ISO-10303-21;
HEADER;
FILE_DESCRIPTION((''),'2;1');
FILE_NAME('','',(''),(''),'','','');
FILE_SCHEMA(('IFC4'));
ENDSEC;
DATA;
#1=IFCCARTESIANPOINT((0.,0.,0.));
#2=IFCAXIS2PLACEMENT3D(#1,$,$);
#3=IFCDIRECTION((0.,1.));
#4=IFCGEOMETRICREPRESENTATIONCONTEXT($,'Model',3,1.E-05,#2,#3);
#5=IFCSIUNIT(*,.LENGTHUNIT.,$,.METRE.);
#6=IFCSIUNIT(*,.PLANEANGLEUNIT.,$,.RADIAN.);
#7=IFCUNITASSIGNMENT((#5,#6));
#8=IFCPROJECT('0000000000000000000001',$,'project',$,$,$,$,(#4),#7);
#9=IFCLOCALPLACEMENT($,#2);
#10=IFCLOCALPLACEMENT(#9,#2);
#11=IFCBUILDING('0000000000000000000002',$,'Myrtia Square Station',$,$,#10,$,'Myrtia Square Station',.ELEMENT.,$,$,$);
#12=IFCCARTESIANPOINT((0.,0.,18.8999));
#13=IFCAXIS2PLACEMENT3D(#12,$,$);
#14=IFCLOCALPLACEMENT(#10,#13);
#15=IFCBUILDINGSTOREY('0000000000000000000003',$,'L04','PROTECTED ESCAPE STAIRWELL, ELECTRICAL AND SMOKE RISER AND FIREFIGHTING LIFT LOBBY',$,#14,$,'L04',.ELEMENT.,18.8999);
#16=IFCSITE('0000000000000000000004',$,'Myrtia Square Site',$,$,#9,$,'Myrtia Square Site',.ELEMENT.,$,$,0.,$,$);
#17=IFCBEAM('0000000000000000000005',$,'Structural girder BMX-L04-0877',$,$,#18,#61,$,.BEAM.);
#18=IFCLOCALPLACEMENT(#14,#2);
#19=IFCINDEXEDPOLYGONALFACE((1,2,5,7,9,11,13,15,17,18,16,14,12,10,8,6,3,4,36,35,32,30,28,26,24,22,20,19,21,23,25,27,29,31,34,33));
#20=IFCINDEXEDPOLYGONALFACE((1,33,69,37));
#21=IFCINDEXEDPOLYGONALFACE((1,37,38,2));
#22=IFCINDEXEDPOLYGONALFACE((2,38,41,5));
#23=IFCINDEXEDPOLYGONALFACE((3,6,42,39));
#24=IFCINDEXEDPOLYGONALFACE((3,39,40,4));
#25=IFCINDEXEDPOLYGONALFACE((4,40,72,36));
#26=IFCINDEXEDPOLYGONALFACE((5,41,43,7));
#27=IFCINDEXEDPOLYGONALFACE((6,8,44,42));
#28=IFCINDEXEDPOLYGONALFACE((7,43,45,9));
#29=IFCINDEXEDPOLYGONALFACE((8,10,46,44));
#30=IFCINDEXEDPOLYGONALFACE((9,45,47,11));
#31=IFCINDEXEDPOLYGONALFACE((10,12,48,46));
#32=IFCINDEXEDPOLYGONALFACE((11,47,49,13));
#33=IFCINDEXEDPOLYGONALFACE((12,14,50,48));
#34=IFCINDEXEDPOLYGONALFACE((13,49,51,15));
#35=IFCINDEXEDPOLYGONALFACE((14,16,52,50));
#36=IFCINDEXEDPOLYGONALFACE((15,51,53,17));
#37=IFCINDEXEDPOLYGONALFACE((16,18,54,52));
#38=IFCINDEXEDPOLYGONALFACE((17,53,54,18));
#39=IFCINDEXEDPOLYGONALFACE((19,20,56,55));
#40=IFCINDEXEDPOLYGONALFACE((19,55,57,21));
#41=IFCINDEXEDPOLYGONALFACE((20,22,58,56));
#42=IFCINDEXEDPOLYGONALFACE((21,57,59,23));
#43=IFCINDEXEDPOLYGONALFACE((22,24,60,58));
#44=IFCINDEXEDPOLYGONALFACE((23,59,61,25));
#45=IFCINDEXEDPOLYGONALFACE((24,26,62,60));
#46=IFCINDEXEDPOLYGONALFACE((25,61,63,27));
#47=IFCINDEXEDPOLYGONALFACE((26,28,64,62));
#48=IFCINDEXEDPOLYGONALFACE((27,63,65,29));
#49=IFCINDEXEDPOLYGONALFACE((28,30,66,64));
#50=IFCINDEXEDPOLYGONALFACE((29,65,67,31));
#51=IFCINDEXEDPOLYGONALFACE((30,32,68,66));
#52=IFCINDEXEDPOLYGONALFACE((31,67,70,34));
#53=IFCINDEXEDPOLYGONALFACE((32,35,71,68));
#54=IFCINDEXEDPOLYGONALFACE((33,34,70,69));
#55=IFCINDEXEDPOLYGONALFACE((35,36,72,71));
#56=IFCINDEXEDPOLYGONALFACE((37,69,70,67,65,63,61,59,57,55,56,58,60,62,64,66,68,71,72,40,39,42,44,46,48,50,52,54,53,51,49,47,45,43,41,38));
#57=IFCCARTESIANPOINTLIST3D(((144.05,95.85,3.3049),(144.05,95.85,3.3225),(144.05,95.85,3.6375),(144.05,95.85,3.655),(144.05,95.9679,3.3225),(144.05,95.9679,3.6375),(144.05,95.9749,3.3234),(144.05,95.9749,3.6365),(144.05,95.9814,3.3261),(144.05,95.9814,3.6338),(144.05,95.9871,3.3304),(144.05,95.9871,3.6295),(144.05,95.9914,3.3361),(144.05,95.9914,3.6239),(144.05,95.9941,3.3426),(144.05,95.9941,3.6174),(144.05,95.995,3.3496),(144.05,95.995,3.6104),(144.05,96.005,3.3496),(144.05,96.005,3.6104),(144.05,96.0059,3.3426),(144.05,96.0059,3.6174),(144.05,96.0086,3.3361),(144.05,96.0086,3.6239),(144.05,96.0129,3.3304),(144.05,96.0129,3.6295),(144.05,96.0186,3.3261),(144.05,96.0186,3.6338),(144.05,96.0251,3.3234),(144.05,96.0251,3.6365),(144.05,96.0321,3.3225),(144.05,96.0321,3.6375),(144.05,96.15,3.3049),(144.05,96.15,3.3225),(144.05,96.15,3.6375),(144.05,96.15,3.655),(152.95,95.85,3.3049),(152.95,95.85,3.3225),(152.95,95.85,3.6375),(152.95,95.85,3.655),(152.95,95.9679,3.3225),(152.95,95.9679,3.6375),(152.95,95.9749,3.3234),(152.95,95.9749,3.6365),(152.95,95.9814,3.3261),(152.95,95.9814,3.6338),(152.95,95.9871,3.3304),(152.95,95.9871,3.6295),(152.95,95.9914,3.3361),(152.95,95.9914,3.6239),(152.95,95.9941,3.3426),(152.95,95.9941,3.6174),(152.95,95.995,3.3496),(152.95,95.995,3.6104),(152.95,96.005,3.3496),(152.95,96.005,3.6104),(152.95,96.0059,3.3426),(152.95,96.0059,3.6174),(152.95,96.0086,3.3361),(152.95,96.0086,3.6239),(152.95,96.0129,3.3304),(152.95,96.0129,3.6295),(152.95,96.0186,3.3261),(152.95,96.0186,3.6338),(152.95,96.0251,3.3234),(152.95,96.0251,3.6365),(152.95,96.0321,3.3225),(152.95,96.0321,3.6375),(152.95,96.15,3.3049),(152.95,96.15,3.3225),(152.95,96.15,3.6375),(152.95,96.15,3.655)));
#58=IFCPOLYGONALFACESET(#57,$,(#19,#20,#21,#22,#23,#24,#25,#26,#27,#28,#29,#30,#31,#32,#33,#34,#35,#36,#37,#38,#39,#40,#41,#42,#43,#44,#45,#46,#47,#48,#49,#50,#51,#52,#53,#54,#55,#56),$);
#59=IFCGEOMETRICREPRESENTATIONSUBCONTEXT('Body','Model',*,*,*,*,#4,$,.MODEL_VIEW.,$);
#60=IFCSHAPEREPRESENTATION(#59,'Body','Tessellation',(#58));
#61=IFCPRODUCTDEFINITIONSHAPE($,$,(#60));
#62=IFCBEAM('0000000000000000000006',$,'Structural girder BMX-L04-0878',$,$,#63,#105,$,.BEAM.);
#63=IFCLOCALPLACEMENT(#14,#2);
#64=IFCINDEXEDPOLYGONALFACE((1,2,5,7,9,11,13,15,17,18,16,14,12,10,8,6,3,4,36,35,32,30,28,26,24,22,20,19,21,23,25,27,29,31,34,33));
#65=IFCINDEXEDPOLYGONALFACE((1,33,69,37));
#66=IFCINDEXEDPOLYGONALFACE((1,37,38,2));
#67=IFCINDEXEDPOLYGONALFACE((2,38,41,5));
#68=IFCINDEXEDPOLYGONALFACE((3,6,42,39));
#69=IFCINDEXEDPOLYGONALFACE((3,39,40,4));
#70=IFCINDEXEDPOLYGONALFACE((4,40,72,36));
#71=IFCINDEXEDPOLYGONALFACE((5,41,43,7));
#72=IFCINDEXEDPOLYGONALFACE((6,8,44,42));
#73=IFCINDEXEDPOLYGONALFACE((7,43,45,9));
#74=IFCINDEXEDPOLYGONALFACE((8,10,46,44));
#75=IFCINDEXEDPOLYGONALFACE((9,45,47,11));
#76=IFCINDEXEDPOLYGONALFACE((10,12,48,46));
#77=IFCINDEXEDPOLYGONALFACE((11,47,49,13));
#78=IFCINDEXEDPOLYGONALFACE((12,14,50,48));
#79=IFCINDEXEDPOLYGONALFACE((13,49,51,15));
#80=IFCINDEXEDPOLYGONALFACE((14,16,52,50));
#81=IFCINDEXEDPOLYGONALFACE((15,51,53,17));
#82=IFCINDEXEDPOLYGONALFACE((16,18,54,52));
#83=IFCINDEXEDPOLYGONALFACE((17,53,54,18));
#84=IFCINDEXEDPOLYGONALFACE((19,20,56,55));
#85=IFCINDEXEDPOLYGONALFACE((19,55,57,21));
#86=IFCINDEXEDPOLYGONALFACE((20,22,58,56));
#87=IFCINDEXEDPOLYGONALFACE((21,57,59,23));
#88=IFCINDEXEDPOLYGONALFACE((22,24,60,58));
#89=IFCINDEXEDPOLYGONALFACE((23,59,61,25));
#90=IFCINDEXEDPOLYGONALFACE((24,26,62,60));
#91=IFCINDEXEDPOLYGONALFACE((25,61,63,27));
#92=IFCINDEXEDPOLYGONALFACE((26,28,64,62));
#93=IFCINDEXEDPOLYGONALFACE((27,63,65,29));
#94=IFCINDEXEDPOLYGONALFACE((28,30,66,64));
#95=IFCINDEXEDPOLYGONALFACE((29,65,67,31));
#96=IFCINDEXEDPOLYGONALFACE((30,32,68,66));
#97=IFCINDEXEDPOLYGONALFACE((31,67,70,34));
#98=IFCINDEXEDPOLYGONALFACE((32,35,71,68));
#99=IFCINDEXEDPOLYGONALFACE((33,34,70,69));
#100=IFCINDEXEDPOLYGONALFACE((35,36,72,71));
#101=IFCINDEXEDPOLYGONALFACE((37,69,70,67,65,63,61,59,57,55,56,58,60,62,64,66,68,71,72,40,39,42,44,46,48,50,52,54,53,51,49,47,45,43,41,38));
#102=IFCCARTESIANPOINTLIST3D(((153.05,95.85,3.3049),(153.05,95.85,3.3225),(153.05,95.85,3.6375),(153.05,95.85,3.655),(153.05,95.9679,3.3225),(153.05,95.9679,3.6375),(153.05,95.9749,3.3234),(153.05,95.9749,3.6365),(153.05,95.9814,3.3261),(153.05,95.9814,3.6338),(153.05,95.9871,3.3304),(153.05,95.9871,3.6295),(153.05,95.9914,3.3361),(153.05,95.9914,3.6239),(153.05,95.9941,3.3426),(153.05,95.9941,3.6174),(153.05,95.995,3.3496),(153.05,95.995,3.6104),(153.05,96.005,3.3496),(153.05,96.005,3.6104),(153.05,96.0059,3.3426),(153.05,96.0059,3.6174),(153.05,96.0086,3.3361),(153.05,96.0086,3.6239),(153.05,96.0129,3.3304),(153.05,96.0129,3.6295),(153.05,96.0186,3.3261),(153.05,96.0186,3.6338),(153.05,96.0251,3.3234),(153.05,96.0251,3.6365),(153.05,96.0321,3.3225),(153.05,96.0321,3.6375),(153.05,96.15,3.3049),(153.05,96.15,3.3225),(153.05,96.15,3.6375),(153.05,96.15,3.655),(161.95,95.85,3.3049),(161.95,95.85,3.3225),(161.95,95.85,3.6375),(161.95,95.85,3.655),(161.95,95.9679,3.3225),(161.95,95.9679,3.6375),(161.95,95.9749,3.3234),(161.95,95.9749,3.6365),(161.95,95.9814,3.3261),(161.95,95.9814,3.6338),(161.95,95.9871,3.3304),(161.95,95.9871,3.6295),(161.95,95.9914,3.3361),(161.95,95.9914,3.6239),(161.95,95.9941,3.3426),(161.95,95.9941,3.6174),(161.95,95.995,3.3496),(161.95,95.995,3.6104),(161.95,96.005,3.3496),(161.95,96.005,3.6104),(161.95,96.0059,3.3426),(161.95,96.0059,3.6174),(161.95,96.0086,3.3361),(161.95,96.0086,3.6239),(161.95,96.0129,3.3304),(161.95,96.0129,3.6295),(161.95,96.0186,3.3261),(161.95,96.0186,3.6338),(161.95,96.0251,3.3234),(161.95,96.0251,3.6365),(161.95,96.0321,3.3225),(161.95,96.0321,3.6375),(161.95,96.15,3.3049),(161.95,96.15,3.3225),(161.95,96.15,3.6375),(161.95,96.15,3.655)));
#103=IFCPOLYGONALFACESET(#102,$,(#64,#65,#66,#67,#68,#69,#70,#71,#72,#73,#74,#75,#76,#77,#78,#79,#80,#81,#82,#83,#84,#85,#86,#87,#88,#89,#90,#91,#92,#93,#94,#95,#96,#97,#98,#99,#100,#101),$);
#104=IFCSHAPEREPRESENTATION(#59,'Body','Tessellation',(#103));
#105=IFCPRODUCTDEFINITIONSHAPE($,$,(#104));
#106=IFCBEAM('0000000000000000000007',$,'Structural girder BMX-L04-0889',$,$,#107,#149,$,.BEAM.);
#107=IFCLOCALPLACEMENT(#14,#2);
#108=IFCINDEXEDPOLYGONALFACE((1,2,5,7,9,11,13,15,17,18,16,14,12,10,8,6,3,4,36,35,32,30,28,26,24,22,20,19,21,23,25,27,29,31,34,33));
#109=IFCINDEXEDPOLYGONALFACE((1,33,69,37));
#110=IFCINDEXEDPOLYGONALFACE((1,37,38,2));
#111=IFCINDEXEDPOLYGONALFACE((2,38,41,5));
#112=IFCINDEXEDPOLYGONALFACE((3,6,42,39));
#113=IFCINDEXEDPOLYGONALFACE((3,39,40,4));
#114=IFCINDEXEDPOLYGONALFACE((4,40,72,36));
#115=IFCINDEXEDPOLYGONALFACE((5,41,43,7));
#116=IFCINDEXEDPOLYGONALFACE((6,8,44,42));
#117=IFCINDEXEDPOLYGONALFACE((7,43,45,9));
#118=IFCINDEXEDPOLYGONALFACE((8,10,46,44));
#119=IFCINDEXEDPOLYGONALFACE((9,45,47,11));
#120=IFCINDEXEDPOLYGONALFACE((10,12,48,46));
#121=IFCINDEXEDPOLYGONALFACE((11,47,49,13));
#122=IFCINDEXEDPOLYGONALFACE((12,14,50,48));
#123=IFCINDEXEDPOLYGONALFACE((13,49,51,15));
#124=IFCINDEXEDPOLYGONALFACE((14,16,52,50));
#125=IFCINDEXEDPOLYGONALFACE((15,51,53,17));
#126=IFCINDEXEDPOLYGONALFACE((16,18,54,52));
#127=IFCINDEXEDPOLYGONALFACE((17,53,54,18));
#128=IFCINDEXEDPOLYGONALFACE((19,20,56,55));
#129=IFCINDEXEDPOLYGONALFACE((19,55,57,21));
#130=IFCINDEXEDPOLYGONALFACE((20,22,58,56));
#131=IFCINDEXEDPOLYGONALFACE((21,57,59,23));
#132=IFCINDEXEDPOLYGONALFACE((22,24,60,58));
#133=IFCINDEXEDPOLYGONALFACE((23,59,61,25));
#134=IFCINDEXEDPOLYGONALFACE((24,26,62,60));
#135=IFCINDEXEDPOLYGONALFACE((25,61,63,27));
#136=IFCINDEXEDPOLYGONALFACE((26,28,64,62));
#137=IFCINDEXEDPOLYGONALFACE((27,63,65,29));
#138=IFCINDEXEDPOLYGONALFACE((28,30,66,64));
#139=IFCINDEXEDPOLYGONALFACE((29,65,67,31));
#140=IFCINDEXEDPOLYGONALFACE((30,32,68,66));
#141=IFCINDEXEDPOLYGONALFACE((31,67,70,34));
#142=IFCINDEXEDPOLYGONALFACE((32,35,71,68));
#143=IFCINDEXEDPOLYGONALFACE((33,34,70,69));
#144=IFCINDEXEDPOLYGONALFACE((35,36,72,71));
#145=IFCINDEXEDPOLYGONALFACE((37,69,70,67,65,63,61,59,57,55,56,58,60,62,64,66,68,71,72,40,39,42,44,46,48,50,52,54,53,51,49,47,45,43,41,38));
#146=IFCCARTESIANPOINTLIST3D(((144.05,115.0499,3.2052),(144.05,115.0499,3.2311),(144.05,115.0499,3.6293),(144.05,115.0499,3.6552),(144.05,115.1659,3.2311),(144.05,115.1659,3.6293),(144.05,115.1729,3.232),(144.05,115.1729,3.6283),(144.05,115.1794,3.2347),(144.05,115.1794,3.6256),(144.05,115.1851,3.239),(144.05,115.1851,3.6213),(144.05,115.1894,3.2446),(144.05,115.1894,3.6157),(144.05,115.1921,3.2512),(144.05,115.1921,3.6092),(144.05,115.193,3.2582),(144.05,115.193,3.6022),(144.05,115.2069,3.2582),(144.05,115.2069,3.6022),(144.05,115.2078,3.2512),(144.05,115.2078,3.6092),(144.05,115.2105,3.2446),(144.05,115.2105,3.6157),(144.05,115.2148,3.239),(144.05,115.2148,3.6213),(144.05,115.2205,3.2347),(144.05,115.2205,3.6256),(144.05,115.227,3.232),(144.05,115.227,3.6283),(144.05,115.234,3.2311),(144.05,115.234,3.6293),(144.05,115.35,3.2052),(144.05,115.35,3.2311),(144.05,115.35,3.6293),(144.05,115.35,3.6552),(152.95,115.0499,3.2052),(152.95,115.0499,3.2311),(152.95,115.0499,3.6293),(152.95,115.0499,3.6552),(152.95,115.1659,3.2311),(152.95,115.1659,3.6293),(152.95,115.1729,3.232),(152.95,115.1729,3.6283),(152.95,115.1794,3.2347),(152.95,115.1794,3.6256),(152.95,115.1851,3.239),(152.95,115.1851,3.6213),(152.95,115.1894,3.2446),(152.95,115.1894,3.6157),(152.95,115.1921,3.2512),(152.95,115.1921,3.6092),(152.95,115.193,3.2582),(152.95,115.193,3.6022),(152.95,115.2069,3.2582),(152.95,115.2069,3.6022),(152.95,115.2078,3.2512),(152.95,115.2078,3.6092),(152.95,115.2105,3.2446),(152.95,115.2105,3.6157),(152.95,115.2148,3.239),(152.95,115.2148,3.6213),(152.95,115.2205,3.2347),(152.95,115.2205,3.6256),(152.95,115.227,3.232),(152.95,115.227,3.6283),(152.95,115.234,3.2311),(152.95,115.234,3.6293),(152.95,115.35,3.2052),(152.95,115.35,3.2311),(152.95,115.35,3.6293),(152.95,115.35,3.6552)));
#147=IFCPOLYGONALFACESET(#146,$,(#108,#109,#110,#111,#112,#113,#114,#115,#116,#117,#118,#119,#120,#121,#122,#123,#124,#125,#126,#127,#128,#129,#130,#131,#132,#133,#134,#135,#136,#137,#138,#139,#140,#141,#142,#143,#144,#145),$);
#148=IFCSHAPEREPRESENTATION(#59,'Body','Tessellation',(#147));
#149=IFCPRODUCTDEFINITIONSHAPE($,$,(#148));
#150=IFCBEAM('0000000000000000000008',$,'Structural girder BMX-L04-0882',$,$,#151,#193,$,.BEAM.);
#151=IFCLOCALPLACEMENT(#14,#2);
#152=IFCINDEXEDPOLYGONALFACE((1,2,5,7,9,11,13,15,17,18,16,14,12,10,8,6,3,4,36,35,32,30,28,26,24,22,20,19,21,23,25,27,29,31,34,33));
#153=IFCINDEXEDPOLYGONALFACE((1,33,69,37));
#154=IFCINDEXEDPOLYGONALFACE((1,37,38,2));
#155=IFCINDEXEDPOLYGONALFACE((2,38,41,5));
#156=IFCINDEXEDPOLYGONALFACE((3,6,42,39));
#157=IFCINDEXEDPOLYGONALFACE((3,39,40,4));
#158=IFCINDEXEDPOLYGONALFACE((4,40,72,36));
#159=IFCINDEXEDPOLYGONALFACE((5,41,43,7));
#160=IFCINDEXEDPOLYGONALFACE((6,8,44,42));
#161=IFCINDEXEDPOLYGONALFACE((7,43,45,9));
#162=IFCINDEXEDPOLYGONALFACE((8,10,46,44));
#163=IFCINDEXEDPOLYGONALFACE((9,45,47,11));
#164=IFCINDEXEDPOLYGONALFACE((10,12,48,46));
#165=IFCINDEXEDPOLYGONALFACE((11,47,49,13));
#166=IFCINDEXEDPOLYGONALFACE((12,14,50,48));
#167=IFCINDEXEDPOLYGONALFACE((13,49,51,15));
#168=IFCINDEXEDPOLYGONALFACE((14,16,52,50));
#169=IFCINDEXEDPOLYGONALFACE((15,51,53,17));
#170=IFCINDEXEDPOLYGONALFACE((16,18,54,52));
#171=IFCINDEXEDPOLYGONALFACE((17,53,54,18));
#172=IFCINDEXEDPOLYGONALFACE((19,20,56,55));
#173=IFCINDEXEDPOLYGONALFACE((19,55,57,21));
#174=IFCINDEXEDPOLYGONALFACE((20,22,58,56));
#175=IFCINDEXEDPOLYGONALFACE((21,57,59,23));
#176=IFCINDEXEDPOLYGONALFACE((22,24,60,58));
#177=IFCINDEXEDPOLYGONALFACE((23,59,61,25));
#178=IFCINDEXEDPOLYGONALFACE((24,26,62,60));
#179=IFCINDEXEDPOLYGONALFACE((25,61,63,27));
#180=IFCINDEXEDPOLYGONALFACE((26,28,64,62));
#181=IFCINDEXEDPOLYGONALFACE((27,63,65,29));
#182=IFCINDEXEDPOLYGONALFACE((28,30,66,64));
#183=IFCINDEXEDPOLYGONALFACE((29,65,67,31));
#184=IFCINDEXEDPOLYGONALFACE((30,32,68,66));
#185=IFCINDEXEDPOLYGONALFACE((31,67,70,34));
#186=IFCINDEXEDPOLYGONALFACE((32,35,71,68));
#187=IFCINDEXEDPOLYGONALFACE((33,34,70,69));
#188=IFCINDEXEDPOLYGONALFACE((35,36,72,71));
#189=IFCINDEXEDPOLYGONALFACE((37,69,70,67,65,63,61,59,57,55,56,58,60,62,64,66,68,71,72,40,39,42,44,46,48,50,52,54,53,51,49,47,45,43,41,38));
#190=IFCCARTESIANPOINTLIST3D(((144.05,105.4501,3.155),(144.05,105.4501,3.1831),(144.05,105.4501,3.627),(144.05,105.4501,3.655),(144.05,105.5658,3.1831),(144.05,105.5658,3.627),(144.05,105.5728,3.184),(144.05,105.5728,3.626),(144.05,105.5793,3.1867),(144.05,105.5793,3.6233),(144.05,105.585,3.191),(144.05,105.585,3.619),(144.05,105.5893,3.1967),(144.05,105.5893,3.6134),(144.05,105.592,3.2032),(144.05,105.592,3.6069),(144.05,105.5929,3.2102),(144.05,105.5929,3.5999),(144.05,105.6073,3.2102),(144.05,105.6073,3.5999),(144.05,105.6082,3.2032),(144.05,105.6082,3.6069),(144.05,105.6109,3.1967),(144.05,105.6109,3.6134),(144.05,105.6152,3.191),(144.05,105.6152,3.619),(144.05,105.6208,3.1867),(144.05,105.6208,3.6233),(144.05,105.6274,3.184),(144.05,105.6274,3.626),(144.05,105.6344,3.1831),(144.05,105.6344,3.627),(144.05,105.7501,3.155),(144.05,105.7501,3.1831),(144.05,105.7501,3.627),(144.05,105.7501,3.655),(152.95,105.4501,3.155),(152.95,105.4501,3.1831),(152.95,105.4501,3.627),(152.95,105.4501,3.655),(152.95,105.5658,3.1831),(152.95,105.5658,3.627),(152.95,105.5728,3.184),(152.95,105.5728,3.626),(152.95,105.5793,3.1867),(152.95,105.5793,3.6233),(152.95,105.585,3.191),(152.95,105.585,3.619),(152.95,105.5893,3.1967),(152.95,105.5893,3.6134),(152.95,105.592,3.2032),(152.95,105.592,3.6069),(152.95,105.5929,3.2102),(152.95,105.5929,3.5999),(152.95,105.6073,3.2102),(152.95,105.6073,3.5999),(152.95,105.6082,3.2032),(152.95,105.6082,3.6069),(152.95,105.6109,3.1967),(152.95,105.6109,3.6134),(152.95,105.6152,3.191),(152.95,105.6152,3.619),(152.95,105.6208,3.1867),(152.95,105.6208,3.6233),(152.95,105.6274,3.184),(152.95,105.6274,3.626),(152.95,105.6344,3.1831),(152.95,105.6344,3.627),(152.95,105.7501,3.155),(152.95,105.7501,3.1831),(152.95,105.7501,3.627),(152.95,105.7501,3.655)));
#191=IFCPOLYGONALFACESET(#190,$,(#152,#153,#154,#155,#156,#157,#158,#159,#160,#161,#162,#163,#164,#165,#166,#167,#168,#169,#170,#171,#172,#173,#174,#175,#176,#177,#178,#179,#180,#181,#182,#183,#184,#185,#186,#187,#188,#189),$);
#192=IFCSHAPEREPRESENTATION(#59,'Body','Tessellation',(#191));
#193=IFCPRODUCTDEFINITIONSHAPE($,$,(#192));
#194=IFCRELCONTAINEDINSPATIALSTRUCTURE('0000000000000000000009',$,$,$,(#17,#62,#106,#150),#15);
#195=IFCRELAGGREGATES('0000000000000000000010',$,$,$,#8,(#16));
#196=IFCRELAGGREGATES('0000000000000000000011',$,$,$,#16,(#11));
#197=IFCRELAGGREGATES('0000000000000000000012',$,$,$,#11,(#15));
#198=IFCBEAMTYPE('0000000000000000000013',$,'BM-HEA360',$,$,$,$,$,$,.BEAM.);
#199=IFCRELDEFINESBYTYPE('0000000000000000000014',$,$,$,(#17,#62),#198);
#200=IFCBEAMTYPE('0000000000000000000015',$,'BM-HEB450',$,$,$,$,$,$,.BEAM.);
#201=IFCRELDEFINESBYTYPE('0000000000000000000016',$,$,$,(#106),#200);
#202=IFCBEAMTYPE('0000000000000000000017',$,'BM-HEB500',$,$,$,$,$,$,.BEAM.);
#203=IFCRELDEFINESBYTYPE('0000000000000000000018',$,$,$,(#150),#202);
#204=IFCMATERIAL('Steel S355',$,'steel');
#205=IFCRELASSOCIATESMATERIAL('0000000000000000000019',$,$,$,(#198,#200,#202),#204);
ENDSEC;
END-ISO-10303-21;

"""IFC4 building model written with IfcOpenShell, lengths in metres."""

from ifc_helpers import new_model, si_unit, direction, frame, origin, origin_2d, place, context, subcontext, project, spatial, i_section, extrude, material, material_profile, profile_set, type_object, element, save


model = new_model("IFC4")

# Units and contexts
model_context = context("Model", 3, precision=1e-05, world=origin(), true_north=direction((0.0, 1.0)))
body_context = subcontext(model_context, "Body", "Model", "MODEL_VIEW")
ifc_project = project(units=[si_unit("LENGTHUNIT", "METRE"), si_unit("PLANEANGLEUNIT", "RADIAN")], contexts=[model_context])

# Site, building, storey
site_placement = place(None, origin())
site = spatial("IfcSite", under=ifc_project, at=site_placement, Name="Myrtia Square Site", LongName="Myrtia Square Site", CompositionType="ELEMENT", RefElevation=0.0)
building_placement = place(site_placement, origin())
building = spatial("IfcBuilding", under=site, at=building_placement, Name="Myrtia Square Station", LongName="Myrtia Square Station", CompositionType="ELEMENT")
storey_placement = place(building_placement, frame((0.0, 0.0, 18.8999)))
storey = spatial("IfcBuildingStorey", under=building, at=storey_placement, Name="L04", Description="PROTECTED ESCAPE STAIRWELL, ELECTRICAL AND SMOKE RISER AND FIREFIGHTING LIFT LOBBY", LongName="L04", CompositionType="ELEMENT", Elevation=18.8999)

# Shared definitions
ifc_material_1 = material(Name="Steel S355", Category="steel")

# Beams
ifc_material_profile_1 = material_profile(ifc_material_1, i_section(OverallWidth=0.3, OverallDepth=0.3501, WebThickness=0.01, FlangeThickness=0.0176, FilletRadius=0.0271, at=origin_2d()), Name="HEA 360")
ifc_profile_set_1 = profile_set([ifc_material_profile_1], Name="Steel S355")
beam_type_1 = type_object("IfcBeamType", Name="BM-HEA360", PredefinedType="BEAM", material=ifc_profile_set_1)
for number, where, z_axis, x_axis, name in (
    (1, (144.05, 96.0, 3.48), (1.0, 0.0, 0.0), (0.0, 1.0, 0.0), "Structural girder BMX-L04-0877"),
    (2, (153.05, 96.0, 3.48), (1.0, 0.0, 0.0), (0.0, 1.0, 0.0), "Structural girder BMX-L04-0878"),
):
    element("IfcBeam", number, at=place(storey_placement, frame(where, z_axis=z_axis, x_axis=x_axis)), inside=storey, type_object=beam_type_1, Name=name, PredefinedType="BEAM", context=body_context, shape_type="SweptSolid", body=[
        extrude(i_section(OverallWidth=0.3, OverallDepth=0.3501, WebThickness=0.01, FlangeThickness=0.0176, FilletRadius=0.0271, at=origin_2d()), origin(), (0.0, 0.0, 1.0), 8.8999),
    ])
ifc_material_profile_2 = material_profile(ifc_material_1, i_section(OverallWidth=0.3, OverallDepth=0.45, WebThickness=0.0139, FlangeThickness=0.0259, FilletRadius=0.0271, at=origin_2d()), Name="HEB 450")
ifc_profile_set_2 = profile_set([ifc_material_profile_2], Name="Steel S355")
beam_type_2 = type_object("IfcBeamType", Name="BM-HEB450", PredefinedType="BEAM", material=ifc_profile_set_2)
beam_placement = place(storey_placement, frame((144.05, 115.2, 3.4302), z_axis=(1.0, 0.0, 0.0), x_axis=(0.0, 1.0, 0.0)))
element("IfcBeam", 3, at=beam_placement, inside=storey, type_object=beam_type_2, Name="Structural girder BMX-L04-0889", PredefinedType="BEAM", context=body_context, shape_type="SweptSolid", body=[
    extrude(i_section(OverallWidth=0.3, OverallDepth=0.45, WebThickness=0.0139, FlangeThickness=0.0259, FilletRadius=0.0271, at=origin_2d()), origin(), (0.0, 0.0, 1.0), 8.8999),
])
ifc_material_profile_3 = material_profile(ifc_material_1, i_section(OverallWidth=0.3, OverallDepth=0.5, WebThickness=0.0144, FlangeThickness=0.0281, FilletRadius=0.0271, at=origin_2d()), Name="HEB 500")
ifc_profile_set_3 = profile_set([ifc_material_profile_3], Name="Steel S355")
beam_type_3 = type_object("IfcBeamType", Name="BM-HEB500", PredefinedType="BEAM", material=ifc_profile_set_3)
for number, where, z_axis, x_axis, name in (
    (4, (144.05, 105.6001, 3.405), (1.0, 0.0, 0.0), (0.0, 1.0, 0.0), "Structural girder BMX-L04-0882"),
):
    element("IfcBeam", number, at=place(storey_placement, frame(where, z_axis=z_axis, x_axis=x_axis)), inside=storey, type_object=beam_type_3, Name=name, PredefinedType="BEAM", context=body_context, shape_type="SweptSolid", body=[
        extrude(i_section(OverallWidth=0.3, OverallDepth=0.5, WebThickness=0.0144, FlangeThickness=0.0281, FilletRadius=0.0271, at=origin_2d()), origin(), (0.0, 0.0, 1.0), 8.8999),
    ])

save(model, "model.ifc")
